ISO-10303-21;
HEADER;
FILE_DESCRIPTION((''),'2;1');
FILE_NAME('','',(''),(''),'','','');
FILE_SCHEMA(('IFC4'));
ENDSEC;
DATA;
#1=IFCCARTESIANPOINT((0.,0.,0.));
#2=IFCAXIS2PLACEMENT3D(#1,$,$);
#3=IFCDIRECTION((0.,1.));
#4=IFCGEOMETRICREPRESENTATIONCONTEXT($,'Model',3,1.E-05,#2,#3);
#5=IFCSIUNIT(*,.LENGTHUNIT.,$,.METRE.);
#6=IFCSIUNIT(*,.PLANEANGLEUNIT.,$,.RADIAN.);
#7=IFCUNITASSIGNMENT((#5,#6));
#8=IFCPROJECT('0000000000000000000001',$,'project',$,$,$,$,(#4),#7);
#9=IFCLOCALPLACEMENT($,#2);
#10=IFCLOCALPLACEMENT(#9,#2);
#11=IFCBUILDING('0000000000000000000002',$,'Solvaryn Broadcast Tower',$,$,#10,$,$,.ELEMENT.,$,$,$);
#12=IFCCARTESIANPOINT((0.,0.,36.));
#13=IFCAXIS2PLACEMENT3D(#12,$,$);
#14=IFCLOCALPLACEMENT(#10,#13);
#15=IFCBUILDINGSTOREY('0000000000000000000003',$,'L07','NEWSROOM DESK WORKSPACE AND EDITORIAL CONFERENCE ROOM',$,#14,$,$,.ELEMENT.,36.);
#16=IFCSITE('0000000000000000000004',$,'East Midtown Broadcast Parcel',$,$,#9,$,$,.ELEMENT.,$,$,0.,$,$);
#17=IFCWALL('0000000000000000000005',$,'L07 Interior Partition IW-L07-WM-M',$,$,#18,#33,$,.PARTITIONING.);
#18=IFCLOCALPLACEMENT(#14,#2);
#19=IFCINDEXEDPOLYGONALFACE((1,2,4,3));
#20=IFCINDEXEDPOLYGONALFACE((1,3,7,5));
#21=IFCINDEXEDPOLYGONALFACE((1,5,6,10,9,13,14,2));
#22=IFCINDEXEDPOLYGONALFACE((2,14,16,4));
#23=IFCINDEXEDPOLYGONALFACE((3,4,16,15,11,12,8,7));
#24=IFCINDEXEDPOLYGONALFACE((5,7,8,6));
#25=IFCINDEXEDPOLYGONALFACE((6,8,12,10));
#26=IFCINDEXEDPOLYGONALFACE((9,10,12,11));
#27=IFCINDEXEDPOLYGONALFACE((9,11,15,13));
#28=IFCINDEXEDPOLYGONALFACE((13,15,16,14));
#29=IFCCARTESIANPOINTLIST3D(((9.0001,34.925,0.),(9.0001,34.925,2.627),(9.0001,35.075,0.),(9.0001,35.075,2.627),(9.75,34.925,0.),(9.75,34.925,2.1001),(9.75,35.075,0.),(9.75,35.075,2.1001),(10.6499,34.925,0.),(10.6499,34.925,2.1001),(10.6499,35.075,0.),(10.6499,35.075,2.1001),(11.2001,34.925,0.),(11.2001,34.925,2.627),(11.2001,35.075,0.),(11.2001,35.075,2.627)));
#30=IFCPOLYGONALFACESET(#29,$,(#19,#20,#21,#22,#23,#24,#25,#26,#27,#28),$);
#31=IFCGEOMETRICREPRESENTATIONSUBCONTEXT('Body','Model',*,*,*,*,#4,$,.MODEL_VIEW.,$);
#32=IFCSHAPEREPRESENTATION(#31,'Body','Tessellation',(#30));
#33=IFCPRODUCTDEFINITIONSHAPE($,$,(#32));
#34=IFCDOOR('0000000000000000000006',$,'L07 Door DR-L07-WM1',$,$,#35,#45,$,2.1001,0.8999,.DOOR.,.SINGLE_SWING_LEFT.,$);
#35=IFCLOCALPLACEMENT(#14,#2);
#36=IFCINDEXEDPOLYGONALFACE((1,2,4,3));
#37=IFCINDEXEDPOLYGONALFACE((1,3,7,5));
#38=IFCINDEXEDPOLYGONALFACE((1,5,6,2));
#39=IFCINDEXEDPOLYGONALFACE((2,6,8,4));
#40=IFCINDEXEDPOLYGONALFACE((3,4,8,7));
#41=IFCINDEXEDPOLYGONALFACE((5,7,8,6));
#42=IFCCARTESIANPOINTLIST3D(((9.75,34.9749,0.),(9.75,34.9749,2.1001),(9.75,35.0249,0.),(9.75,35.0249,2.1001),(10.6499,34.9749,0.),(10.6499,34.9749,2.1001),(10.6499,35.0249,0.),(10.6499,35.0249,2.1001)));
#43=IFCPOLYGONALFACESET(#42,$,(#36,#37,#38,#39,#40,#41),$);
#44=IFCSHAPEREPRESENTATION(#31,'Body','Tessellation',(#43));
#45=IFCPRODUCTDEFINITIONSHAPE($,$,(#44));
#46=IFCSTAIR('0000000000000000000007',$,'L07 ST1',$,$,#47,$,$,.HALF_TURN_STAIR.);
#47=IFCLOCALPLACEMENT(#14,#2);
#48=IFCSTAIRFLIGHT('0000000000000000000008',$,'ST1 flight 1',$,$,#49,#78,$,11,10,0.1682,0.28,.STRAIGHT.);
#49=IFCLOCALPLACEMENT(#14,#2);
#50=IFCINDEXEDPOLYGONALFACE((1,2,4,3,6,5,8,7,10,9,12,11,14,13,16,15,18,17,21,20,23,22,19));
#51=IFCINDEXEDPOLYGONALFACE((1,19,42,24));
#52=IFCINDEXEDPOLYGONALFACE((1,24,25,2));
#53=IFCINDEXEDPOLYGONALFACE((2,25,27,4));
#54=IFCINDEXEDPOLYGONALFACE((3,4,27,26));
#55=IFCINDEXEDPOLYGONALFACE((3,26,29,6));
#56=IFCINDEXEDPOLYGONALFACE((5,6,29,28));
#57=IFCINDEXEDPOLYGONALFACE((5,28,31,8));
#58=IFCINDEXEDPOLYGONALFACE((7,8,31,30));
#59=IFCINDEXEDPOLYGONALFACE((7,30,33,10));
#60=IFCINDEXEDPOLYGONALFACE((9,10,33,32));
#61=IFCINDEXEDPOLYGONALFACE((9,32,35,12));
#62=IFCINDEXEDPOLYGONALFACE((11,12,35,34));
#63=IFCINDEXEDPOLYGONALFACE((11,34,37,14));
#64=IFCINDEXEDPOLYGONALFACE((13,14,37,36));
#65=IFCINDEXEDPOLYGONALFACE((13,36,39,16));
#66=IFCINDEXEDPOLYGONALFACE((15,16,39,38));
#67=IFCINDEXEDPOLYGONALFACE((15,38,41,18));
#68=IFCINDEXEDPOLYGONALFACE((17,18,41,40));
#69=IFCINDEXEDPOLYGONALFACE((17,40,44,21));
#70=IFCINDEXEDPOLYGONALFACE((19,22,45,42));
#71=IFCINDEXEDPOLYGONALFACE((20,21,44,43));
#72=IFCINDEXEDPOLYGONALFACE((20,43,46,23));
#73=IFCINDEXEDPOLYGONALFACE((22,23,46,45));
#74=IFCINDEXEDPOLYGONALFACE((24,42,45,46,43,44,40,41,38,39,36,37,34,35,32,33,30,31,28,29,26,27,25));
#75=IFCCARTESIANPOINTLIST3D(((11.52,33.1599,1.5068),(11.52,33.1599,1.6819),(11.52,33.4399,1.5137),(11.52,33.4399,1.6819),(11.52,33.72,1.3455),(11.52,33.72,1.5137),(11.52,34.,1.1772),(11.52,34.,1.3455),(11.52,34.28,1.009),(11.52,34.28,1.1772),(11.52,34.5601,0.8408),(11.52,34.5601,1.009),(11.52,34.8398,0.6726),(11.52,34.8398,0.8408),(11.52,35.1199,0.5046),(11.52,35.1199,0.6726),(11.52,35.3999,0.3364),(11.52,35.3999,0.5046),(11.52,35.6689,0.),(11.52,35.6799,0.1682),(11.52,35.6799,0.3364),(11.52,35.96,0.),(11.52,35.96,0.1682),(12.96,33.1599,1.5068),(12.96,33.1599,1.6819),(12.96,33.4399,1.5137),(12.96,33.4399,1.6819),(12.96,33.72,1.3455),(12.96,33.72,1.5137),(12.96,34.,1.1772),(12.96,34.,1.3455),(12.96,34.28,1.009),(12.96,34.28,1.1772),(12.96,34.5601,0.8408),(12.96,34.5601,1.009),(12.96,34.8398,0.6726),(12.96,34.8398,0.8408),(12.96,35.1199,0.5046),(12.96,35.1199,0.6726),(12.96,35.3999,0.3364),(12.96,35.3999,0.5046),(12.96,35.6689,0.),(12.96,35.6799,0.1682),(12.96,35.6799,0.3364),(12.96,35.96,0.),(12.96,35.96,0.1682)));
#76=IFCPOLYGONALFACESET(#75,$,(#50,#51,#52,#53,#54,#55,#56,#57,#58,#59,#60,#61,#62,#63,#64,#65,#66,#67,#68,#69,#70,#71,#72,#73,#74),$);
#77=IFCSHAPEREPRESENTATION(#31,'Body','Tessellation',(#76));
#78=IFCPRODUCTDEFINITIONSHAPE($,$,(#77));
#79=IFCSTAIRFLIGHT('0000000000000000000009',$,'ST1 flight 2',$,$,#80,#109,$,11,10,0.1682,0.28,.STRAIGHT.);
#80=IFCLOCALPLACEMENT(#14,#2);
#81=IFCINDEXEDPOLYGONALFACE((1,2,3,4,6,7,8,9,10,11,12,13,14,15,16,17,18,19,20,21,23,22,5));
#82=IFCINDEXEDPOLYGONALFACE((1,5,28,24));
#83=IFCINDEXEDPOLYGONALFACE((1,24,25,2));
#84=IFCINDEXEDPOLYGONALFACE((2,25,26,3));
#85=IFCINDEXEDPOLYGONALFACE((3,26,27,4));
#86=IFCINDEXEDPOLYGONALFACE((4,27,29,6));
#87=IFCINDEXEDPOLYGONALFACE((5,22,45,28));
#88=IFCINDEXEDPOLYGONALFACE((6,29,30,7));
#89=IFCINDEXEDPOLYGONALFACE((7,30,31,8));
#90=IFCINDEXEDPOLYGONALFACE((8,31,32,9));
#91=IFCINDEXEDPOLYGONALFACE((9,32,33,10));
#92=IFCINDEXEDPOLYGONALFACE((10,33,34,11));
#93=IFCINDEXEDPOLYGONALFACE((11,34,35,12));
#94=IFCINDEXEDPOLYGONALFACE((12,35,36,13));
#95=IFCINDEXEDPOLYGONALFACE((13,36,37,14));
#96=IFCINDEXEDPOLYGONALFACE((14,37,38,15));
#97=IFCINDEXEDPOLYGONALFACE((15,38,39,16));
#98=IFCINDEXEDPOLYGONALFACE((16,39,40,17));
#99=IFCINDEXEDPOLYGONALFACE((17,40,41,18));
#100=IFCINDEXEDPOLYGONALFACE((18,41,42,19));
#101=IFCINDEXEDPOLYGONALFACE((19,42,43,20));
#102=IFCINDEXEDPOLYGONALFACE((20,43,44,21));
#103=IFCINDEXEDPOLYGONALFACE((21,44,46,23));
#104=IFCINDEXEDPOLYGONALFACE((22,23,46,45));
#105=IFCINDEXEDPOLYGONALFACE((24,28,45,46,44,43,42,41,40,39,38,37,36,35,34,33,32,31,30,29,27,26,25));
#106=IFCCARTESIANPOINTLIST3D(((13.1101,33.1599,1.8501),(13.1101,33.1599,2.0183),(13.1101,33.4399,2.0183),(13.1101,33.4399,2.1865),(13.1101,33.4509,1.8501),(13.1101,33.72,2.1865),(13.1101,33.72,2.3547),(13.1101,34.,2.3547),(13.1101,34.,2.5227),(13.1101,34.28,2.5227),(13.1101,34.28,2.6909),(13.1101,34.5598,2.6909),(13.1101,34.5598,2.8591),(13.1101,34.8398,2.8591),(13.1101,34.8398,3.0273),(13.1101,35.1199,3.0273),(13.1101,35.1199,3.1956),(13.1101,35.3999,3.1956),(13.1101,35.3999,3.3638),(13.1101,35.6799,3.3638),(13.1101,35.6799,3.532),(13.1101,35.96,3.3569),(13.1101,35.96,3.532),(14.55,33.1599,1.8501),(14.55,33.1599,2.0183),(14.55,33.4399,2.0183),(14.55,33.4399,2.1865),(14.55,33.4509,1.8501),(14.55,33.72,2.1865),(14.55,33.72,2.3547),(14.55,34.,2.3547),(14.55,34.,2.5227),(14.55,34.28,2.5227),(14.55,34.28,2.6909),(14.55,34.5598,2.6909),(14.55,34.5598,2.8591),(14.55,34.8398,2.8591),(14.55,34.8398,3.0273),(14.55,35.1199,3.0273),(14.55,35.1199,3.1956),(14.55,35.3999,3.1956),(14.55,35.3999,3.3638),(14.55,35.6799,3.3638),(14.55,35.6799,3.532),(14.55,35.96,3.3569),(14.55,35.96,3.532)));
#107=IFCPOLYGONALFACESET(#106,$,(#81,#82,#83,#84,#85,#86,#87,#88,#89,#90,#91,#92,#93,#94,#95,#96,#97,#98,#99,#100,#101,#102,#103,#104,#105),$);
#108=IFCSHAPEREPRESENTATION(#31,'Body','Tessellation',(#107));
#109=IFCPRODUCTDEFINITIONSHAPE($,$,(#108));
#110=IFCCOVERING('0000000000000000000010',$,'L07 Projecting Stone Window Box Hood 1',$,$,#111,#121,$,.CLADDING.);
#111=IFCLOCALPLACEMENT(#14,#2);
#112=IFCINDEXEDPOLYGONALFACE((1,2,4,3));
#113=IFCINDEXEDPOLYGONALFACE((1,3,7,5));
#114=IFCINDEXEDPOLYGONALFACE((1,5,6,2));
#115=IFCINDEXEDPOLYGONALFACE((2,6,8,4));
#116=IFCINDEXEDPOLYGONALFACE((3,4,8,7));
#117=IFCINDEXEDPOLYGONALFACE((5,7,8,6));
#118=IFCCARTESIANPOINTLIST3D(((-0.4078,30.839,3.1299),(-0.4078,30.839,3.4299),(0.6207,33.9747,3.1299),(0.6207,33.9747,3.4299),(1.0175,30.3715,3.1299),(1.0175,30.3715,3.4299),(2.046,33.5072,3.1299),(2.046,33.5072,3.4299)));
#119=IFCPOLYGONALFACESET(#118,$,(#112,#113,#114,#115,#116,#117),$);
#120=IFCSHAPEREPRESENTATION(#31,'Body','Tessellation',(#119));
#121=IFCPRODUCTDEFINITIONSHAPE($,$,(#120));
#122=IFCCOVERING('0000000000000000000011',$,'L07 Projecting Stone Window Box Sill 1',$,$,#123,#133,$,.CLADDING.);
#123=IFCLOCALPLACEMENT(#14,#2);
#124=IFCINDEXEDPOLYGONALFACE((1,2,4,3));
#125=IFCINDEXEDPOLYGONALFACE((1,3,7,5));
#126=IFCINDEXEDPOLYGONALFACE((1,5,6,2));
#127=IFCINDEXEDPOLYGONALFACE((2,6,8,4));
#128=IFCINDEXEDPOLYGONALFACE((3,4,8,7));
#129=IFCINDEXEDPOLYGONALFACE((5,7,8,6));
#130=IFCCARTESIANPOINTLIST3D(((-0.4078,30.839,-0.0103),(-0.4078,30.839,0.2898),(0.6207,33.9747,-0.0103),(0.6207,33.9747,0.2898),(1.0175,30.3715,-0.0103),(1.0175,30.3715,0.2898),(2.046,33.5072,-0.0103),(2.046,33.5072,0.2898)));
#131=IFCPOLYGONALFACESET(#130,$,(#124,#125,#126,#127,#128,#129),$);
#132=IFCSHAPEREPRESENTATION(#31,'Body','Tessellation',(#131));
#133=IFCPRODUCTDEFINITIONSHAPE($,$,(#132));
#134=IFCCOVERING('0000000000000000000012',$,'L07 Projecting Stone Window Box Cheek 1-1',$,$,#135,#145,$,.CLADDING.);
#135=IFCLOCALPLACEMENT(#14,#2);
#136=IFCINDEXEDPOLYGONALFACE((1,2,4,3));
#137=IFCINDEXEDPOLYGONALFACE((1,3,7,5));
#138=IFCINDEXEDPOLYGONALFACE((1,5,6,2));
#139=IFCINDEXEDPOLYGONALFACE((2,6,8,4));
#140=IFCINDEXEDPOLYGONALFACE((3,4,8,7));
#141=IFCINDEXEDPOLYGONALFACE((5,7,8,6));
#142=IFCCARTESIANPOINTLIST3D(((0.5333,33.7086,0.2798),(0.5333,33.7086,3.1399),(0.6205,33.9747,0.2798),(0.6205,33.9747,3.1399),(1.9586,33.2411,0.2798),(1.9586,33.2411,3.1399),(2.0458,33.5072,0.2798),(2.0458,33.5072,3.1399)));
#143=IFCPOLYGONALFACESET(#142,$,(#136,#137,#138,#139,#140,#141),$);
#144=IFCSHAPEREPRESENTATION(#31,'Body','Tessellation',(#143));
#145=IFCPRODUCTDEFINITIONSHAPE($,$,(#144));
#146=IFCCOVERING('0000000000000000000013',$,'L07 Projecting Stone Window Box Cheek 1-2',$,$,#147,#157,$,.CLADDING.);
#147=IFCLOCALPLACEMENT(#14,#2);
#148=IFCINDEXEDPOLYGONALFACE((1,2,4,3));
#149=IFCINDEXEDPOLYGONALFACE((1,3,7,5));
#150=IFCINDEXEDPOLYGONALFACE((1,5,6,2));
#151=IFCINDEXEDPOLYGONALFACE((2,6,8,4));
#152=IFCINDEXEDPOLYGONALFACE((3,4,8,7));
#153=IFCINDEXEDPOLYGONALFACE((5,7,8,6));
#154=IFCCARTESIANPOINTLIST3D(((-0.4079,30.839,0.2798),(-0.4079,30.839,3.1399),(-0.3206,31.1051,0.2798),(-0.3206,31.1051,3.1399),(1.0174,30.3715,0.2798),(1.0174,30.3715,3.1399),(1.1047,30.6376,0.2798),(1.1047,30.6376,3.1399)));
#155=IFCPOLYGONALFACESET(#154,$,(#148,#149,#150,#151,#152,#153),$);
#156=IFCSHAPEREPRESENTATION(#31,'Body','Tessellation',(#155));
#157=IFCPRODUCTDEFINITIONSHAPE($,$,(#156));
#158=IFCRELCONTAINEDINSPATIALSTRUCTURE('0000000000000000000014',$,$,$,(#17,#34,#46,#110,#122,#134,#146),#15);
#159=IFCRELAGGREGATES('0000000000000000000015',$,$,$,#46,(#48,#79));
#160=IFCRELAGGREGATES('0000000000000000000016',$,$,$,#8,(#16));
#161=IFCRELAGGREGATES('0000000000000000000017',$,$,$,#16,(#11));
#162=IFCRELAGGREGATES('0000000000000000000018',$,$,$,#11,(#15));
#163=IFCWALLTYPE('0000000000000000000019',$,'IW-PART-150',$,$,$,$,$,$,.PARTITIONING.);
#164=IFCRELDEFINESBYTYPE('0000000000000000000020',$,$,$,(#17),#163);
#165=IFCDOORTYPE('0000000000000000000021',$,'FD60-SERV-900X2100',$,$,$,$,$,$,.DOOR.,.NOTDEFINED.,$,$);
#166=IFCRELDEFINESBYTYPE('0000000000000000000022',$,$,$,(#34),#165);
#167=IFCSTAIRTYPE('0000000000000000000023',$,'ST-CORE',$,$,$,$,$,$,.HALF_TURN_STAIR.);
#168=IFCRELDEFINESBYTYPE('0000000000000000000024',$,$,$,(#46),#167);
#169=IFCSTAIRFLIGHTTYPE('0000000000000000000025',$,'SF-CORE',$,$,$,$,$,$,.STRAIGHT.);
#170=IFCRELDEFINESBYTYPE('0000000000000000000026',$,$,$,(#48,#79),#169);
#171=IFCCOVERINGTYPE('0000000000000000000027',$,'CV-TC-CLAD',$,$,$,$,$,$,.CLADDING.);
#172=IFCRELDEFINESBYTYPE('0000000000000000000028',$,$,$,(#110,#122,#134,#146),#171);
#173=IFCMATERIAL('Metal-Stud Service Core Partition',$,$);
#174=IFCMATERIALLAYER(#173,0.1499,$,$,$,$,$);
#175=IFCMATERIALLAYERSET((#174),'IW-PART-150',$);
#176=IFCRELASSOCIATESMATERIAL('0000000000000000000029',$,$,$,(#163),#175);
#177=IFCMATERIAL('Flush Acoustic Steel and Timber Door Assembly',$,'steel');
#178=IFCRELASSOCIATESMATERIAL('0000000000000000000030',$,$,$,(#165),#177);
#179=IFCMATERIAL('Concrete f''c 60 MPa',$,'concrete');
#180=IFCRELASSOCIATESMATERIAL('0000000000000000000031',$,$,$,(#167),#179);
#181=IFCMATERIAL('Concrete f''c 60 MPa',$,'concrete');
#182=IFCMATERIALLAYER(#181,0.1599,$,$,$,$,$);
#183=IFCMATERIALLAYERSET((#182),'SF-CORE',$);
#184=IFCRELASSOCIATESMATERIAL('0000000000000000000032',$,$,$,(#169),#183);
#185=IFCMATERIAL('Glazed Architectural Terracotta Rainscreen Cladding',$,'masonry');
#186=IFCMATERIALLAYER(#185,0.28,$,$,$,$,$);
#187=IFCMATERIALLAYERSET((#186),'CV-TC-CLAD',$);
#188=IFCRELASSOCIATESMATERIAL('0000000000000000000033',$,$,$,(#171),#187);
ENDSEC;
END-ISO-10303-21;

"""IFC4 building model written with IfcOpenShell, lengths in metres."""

from ifc_helpers import new_model, si_unit, direction, frame, frame_2d, origin, origin_2d, place, context, subcontext, project, spatial, polyline, rectangle, outline, extrude, material, layer, layer_set, type_object, element, fill, aggregate, save


model = new_model("IFC4")

# Units and contexts
model_context = context("Model", 3, precision=1e-05, world=origin(), true_north=direction((0.0, 1.0)))
body_context = subcontext(model_context, "Body", "Model", "MODEL_VIEW")
ifc_project = project(units=[si_unit("LENGTHUNIT", "METRE"), si_unit("PLANEANGLEUNIT", "RADIAN")], contexts=[model_context])

# Site, building, storey
site_placement = place(None, origin())
site = spatial("IfcSite", under=ifc_project, at=site_placement, Name="East Midtown Broadcast Parcel", CompositionType="ELEMENT", RefElevation=0.0)
building_placement = place(site_placement, origin())
building = spatial("IfcBuilding", under=site, at=building_placement, Name="Solvaryn Broadcast Tower", CompositionType="ELEMENT")
storey_placement = place(building_placement, frame((0.0, 0.0, 36.0)))
storey = spatial("IfcBuildingStorey", under=building, at=storey_placement, Name="L07", Description="NEWSROOM DESK WORKSPACE AND EDITORIAL CONFERENCE ROOM", CompositionType="ELEMENT", Elevation=36.0)

# Wall, opening, door
ifc_material_1 = material(Name="Metal-Stud Service Core Partition")
ifc_layer_1 = layer(ifc_material_1, 0.1499)
ifc_layer_set_1 = layer_set([ifc_layer_1], Name="IW-PART-150")
wall_type = type_object("IfcWallType", Name="IW-PART-150", PredefinedType="PARTITIONING", material=ifc_layer_set_1)
wall_placement = place(storey_placement, frame((9.0, 35.0, 0.0), z_axis=(0.0, 0.0, 1.0), x_axis=(1.0, 0.0, 0.0)))
wall = element("IfcWall", 1, at=wall_placement, inside=storey, type_object=wall_type, Name="L07 Interior Partition IW-L07-WM-M", PredefinedType="PARTITIONING", context=body_context, shape_type="SweptSolid", body=[
    extrude(rectangle(XDim=2.2, YDim=0.1499, at=frame_2d((1.1001, 0.0))), origin(), (0.0, 0.0, 1.0), 2.627),
])
opening_placement = place(wall_placement, frame((0.75, 0.0, 0.0)))
opening = element("IfcOpeningElement", 2, at=opening_placement, cuts=wall, PredefinedType="OPENING", context=body_context, shape_type="SweptSolid", body=[
    extrude(rectangle(XDim=0.8999, YDim=2.1001, at=frame_2d((0.45, 1.05))), frame((0.0, 0.085, 0.0), z_axis=(0.0, -1.0, 0.0), x_axis=(1.0, 0.0, 0.0)), (0.0, 0.0, 1.0), 0.1699),
])
ifc_material_2 = material(Name="Flush Acoustic Steel and Timber Door Assembly", Category="steel")
door_type = type_object("IfcDoorType", Name="FD60-SERV-900X2100", OperationType="NOTDEFINED", PredefinedType="DOOR", material=ifc_material_2)
door_placement = place(opening_placement, origin())
door = element("IfcDoor", 3, at=door_placement, inside=storey, type_object=door_type, Name="L07 Door DR-L07-WM1", OperationType="SINGLE_SWING_LEFT", OverallHeight=2.1001, OverallWidth=0.8999, PredefinedType="DOOR", context=body_context, shape_type="SweptSolid", body=[
    extrude(rectangle(XDim=0.8999, YDim=2.1001, at=frame_2d((0.45, 1.05))), frame((0.0, 0.0249, 0.0), z_axis=(0.0, -1.0, 0.0), x_axis=(1.0, 0.0, 0.0)), (0.0, 0.0, 1.0), 0.05),
])
fill(opening, door)

# Stair, stair flights
ifc_material_3 = material(Name="Concrete f'c 60 MPa", Category="concrete")
stair_type = type_object("IfcStairType", Name="ST-CORE", PredefinedType="HALF_TURN_STAIR", material=ifc_material_3)
stair_placement = place(storey_placement, origin())
stair = element("IfcStair", 4, at=stair_placement, inside=storey, type_object=stair_type, Name="L07 ST1", PredefinedType="HALF_TURN_STAIR")
ifc_material_4 = material(Name="Concrete f'c 60 MPa", Category="concrete")
ifc_layer_2 = layer(ifc_material_4, 0.1599)
ifc_layer_set_2 = layer_set([ifc_layer_2], Name="SF-CORE")
stair_flight_type = type_object("IfcStairFlightType", Name="SF-CORE", PredefinedType="STRAIGHT", material=ifc_layer_set_2)
stair_flight_1_placement = place(storey_placement, frame((12.24, 35.96, 0.0), z_axis=(0.0, 0.0, 1.0), x_axis=(0.0, -1.0, 0.0)))
stair_flight_1 = element("IfcStairFlight", 5, at=stair_flight_1_placement, type_object=stair_flight_type, Name="ST1 flight 1", NumberOfRisers=11, NumberOfTreads=10, PredefinedType="STRAIGHT", RiserHeight=0.1682, TreadLength=0.28, context=body_context, shape_type="SweptSolid", body=[
    extrude(outline(polyline([(0.0, 0.0), (0.0, 0.1682), (0.28, 0.1682), (0.28, 0.3364), (0.5601, 0.3364), (0.5601, 0.5046), (0.8401, 0.5046), (0.8401, 0.6726), (1.1201, 0.6726), (1.1201, 0.8408), (1.3999, 0.8408), (1.3999, 1.009), (1.6799, 1.009), (1.6799, 1.1772), (1.96, 1.1772), (1.96, 1.3455), (2.24, 1.3455), (2.24, 1.5137), (2.52, 1.5137), (2.52, 1.6819), (2.8, 1.6819), (2.8, 1.8501), (2.8, 1.5068), (0.291, 0.0), (0.0, 0.0)])), frame((0.0, 0.72, 0.0), z_axis=(0.0, -1.0, 0.0), x_axis=(1.0, 0.0, 0.0)), (0.0, 0.0, 1.0), 1.4399),
])
stair_flight_2_placement = place(storey_placement, frame((13.8301, 33.1599, 1.8501), z_axis=(0.0, 0.0, 1.0), x_axis=(0.0, 1.0, 0.0)))
stair_flight_2 = element("IfcStairFlight", 6, at=stair_flight_2_placement, type_object=stair_flight_type, Name="ST1 flight 2", NumberOfRisers=11, NumberOfTreads=10, PredefinedType="STRAIGHT", RiserHeight=0.1682, TreadLength=0.28, context=body_context, shape_type="SweptSolid", body=[
    extrude(outline(polyline([(0.0, 0.0), (0.0, 0.1682), (0.28, 0.1682), (0.28, 0.3364), (0.5601, 0.3364), (0.5601, 0.5046), (0.8401, 0.5046), (0.8401, 0.6726), (1.1201, 0.6726), (1.1201, 0.8408), (1.3999, 0.8408), (1.3999, 1.009), (1.6799, 1.009), (1.6799, 1.1772), (1.96, 1.1772), (1.96, 1.3455), (2.24, 1.3455), (2.24, 1.5137), (2.52, 1.5137), (2.52, 1.6819), (2.8, 1.6819), (2.8, 1.8501), (2.8, 1.5068), (0.291, 0.0), (0.0, 0.0)])), frame((0.0, 0.72, 0.0), z_axis=(0.0, -1.0, 0.0), x_axis=(1.0, 0.0, 0.0)), (0.0, 0.0, 1.0), 1.4399),
])
aggregate(stair, [stair_flight_1, stair_flight_2])

# Coverings
ifc_material_5 = material(Name="Glazed Architectural Terracotta Rainscreen Cladding", Category="masonry")
ifc_layer_3 = layer(ifc_material_5, 0.28)
ifc_layer_set_3 = layer_set([ifc_layer_3], Name="CV-TC-CLAD")
covering_type = type_object("IfcCoveringType", Name="CV-TC-CLAD", PredefinedType="CLADDING", material=ifc_layer_set_3)
for number, where, z_axis, x_axis, name in (
    (7, (0.8191, 32.1731, 3.1299), (0.0, 0.0, 1.0), (-0.311672, -0.95019, 0.0), "L07 Projecting Stone Window Box Hood 1"),
    (8, (0.8191, 32.1731, -0.0103), (0.0, 0.0, 1.0), (-0.311672, -0.95019, 0.0), "L07 Projecting Stone Window Box Sill 1"),
):
    element("IfcCovering", number, at=place(storey_placement, frame(where, z_axis=z_axis, x_axis=x_axis)), inside=storey, type_object=covering_type, Name=name, PredefinedType="CLADDING", context=body_context, shape_type="SweptSolid", body=[
        extrude(rectangle(XDim=3.3, YDim=1.5, at=origin_2d()), origin(), (0.0, 0.0, 1.0), 0.3),
    ])
for number, where, z_axis, x_axis, name in (
    (9, (1.2896, 33.6079, 0.2798), (0.0, 0.0, 1.0), (-0.311672, -0.95019, 0.0), "L07 Projecting Stone Window Box Cheek 1-1"),
    (10, (0.3484, 30.7383, 0.2798), (0.0, 0.0, 1.0), (-0.311672, -0.95019, 0.0), "L07 Projecting Stone Window Box Cheek 1-2"),
):
    element("IfcCovering", number, at=place(storey_placement, frame(where, z_axis=z_axis, x_axis=x_axis)), inside=storey, type_object=covering_type, Name=name, PredefinedType="CLADDING", context=body_context, shape_type="SweptSolid", body=[
        extrude(rectangle(XDim=0.28, YDim=1.5, at=origin_2d()), origin(), (0.0, 0.0, 1.0), 2.8601),
    ])

save(model, "model.ifc")
